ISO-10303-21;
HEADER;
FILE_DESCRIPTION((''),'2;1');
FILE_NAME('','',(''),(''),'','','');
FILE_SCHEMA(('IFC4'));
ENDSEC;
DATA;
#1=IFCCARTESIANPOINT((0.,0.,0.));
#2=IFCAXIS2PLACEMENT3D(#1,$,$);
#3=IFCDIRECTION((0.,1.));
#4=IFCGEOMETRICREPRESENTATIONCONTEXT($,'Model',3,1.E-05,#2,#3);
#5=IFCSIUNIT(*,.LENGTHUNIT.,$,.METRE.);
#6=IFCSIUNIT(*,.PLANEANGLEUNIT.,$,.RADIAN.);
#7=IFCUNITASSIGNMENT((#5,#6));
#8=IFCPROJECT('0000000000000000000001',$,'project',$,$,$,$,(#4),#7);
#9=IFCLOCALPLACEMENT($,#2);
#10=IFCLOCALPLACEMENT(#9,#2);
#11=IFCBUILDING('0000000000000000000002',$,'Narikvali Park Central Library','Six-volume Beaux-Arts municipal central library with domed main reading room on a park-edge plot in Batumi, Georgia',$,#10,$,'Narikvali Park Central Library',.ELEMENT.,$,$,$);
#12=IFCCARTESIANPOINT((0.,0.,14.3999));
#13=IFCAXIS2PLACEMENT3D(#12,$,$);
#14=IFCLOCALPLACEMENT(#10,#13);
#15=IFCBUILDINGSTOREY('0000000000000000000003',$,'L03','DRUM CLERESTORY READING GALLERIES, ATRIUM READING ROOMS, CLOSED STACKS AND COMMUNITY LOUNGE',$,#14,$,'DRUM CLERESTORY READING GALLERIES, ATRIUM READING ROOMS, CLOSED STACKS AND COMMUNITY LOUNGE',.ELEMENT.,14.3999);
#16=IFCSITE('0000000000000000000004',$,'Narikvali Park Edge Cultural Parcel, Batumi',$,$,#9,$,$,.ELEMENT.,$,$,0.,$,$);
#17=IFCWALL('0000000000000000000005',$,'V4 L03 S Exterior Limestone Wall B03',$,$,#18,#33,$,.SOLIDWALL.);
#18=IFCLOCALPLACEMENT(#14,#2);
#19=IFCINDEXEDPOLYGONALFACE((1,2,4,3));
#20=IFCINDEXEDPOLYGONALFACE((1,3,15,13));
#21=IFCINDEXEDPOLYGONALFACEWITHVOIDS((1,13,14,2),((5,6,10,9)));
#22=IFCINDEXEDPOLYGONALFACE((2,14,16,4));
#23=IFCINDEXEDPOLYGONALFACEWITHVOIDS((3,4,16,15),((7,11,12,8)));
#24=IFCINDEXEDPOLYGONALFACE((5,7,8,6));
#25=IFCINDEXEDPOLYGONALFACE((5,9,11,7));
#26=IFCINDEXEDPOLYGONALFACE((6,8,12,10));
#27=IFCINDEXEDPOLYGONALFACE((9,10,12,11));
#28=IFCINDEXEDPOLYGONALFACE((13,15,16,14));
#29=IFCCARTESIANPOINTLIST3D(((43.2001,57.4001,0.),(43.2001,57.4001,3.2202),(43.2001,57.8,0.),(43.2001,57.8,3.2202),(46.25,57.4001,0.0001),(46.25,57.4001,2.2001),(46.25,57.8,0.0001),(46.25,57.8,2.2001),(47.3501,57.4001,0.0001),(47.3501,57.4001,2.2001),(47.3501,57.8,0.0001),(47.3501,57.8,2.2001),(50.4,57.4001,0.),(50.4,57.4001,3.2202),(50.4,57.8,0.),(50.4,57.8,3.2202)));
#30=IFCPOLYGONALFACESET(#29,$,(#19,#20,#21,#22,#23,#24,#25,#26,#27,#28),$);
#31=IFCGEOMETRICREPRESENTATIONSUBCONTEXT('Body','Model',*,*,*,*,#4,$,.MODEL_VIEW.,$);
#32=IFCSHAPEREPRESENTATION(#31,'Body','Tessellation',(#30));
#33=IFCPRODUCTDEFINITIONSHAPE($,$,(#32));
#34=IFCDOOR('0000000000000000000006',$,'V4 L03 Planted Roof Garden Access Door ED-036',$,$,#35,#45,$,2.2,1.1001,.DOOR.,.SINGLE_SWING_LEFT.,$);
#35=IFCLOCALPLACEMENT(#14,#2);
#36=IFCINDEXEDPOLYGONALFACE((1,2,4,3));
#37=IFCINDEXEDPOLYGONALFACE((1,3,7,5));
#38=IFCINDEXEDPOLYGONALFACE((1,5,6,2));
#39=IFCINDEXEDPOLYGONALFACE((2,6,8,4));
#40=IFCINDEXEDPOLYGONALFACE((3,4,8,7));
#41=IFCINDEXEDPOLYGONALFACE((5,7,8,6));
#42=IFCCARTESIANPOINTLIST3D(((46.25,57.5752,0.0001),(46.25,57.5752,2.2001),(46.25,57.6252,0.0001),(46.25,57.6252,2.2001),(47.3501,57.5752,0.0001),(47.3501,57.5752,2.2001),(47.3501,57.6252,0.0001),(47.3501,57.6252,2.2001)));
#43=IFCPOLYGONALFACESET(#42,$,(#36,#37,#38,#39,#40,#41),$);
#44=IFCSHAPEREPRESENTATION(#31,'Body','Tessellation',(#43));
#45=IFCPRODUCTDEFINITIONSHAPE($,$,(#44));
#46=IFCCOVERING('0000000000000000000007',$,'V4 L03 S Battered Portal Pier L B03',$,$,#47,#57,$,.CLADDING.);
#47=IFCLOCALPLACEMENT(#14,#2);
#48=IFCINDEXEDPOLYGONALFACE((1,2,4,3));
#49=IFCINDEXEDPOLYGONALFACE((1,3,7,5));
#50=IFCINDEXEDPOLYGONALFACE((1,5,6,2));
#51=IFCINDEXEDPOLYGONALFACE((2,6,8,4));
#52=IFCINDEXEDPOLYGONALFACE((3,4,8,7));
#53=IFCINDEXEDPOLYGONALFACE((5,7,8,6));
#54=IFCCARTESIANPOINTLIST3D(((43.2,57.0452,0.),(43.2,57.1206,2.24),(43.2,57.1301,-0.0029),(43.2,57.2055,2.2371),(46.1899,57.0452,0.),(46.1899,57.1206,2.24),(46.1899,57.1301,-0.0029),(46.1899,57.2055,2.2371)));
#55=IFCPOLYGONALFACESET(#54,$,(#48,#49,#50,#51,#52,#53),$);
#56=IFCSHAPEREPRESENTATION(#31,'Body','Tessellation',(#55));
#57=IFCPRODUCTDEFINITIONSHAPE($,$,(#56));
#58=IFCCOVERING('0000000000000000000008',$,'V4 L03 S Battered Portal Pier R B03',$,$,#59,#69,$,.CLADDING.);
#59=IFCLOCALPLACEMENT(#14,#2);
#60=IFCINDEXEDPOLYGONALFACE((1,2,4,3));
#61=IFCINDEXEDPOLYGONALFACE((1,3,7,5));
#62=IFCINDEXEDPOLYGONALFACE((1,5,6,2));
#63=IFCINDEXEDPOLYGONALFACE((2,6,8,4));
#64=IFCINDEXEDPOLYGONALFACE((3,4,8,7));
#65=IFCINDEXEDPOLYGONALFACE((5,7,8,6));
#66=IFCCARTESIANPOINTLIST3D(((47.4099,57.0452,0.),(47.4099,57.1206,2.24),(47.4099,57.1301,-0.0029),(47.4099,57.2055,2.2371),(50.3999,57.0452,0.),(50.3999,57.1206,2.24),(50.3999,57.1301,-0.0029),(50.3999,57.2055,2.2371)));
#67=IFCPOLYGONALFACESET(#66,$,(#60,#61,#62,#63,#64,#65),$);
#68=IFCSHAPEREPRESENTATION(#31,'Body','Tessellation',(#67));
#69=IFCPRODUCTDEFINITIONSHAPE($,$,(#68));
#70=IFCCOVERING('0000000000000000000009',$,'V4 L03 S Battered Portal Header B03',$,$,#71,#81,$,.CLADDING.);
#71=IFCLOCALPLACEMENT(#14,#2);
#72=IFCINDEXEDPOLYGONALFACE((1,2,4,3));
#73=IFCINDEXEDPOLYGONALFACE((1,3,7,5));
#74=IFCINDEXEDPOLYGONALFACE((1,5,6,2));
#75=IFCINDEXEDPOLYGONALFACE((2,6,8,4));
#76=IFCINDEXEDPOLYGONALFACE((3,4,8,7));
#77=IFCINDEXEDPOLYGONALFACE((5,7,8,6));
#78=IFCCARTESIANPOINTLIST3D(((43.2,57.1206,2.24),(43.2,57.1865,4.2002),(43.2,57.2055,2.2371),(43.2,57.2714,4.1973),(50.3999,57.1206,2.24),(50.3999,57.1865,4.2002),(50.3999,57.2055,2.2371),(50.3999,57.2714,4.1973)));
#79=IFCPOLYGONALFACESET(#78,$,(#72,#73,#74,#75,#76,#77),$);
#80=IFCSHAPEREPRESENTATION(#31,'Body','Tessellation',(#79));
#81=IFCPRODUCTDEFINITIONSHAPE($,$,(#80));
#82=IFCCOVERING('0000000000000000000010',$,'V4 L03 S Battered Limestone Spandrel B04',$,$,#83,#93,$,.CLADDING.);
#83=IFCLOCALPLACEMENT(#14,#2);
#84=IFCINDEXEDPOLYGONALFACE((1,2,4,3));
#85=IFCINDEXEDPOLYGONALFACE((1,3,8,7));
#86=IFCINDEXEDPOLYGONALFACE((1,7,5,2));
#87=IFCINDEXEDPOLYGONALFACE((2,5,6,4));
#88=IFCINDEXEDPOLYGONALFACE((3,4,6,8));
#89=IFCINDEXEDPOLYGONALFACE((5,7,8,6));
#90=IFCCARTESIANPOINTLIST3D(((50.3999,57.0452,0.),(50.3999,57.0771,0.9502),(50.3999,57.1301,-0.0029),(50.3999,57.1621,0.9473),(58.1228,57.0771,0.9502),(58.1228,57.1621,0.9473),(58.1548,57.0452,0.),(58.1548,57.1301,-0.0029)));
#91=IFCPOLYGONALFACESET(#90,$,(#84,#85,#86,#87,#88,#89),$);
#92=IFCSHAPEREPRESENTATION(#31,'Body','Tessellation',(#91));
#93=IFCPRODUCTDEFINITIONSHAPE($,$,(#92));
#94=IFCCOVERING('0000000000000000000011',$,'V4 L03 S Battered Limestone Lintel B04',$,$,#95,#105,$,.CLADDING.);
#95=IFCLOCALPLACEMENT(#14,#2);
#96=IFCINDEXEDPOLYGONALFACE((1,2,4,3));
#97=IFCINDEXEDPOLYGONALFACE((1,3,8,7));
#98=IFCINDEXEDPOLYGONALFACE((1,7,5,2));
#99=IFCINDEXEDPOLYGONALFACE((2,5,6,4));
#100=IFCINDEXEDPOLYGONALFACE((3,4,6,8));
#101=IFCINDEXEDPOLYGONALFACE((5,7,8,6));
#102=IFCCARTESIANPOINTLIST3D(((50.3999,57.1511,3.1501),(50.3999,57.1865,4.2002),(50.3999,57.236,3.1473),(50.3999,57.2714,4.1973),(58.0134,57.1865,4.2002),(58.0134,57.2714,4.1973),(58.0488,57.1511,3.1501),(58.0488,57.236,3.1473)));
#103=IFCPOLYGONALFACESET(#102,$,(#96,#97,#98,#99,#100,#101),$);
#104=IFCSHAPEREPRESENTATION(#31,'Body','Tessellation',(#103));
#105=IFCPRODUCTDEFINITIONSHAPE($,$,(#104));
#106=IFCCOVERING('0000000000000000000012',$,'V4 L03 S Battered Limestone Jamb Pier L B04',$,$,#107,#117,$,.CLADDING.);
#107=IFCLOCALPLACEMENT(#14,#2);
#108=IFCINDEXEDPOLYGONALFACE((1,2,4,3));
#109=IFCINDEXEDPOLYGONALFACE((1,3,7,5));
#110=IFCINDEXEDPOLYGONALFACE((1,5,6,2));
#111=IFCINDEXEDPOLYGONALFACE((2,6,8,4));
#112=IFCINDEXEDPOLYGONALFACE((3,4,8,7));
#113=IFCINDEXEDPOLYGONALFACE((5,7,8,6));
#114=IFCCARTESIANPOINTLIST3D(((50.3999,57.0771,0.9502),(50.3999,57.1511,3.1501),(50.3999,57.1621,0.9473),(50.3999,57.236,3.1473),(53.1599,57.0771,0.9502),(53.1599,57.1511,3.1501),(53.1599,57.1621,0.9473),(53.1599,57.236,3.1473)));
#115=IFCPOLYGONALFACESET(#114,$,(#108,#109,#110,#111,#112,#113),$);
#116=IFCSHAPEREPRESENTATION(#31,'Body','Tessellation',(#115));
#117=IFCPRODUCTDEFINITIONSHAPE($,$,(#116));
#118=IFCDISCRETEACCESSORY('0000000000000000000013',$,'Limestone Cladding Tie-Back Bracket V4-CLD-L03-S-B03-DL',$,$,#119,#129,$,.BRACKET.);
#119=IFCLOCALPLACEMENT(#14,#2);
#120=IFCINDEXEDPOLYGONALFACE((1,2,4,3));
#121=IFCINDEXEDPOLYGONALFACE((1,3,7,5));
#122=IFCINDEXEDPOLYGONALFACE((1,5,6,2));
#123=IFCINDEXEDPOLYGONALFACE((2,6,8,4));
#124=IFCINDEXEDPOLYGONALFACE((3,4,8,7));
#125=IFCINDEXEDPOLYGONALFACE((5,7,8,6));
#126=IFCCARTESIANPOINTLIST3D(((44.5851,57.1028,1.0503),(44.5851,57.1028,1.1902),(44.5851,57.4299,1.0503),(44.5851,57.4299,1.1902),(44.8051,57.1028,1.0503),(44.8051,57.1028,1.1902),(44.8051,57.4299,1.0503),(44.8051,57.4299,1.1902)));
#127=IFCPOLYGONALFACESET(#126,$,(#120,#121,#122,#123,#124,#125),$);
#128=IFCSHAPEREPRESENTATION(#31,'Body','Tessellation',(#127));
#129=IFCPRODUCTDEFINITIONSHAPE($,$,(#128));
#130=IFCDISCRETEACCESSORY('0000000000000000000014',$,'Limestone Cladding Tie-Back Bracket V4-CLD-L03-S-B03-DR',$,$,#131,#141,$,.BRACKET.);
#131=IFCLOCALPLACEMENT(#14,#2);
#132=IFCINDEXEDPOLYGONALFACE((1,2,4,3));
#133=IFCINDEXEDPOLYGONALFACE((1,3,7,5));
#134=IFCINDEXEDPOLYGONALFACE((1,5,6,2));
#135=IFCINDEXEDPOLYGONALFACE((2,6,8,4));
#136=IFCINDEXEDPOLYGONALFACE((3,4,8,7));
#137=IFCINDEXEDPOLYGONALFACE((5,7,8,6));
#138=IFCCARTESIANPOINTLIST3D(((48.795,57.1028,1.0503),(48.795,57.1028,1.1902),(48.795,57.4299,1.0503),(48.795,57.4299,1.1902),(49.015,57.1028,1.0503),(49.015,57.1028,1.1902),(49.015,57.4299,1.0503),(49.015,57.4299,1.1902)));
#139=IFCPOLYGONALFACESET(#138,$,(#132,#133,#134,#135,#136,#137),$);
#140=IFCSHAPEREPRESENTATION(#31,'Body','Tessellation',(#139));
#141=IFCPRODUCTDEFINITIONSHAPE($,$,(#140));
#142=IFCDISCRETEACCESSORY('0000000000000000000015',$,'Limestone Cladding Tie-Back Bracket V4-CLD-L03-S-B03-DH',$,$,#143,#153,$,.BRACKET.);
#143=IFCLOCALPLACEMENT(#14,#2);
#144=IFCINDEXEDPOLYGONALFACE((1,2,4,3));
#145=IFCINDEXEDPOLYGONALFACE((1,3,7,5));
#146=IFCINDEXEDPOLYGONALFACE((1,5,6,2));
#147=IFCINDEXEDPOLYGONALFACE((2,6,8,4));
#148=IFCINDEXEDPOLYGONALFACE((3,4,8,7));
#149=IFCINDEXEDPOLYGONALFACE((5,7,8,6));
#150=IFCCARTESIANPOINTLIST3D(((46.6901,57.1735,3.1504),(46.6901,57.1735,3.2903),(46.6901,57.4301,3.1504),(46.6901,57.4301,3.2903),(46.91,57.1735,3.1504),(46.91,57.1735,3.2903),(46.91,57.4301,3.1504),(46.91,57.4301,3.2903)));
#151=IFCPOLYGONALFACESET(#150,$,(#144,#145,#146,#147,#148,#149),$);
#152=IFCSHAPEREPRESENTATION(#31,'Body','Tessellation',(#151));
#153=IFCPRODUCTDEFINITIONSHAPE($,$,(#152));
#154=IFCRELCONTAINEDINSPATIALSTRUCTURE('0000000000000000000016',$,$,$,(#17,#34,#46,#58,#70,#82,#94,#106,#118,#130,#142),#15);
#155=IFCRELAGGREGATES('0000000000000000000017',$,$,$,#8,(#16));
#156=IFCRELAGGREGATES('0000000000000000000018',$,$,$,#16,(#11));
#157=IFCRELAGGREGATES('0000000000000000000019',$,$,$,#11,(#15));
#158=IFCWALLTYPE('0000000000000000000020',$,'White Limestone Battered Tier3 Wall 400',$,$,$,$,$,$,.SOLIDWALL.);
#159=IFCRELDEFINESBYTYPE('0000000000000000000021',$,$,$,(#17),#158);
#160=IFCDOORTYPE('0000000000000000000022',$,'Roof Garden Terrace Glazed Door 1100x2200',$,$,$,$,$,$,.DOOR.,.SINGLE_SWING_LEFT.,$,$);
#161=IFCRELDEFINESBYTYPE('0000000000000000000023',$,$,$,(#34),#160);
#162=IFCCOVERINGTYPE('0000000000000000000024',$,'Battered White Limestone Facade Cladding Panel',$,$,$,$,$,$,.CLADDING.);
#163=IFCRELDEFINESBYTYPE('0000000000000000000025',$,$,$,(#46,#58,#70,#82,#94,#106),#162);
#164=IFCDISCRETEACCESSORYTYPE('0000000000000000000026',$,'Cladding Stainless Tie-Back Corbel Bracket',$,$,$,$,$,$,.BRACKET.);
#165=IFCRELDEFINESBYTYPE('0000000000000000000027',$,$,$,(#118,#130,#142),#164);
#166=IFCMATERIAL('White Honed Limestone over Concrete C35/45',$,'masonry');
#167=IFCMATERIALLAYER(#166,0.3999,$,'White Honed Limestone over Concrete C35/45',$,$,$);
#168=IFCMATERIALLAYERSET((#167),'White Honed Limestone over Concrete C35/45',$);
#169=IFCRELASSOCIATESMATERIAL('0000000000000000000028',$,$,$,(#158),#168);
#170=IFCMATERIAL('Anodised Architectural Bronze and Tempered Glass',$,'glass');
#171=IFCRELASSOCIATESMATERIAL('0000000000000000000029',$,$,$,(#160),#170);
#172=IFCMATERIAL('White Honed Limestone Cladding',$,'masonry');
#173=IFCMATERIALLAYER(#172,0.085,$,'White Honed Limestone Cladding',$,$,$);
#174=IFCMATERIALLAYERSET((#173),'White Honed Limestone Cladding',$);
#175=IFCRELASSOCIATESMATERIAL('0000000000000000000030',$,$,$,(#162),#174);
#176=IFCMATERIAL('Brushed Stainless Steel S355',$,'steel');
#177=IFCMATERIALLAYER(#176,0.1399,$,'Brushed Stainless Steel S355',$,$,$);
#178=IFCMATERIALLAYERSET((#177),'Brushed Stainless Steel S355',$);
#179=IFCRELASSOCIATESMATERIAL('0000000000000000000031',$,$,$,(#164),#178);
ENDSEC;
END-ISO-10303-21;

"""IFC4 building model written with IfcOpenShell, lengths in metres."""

from ifc_helpers import new_model, si_unit, direction, frame, frame_2d, origin, origin_2d, place, context, subcontext, project, spatial, polyline, rectangle, outline, extrude, material, layer, layer_set, type_object, element, fill, save


model = new_model("IFC4")

# Units and contexts
model_context = context("Model", 3, precision=1e-05, world=origin(), true_north=direction((0.0, 1.0)))
body_context = subcontext(model_context, "Body", "Model", "MODEL_VIEW")
ifc_project = project(units=[si_unit("LENGTHUNIT", "METRE"), si_unit("PLANEANGLEUNIT", "RADIAN")], contexts=[model_context])

# Site, building, storey
site_placement = place(None, origin())
site = spatial("IfcSite", under=ifc_project, at=site_placement, Name="Narikvali Park Edge Cultural Parcel, Batumi", CompositionType="ELEMENT", RefElevation=0.0)
building_placement = place(site_placement, origin())
building = spatial("IfcBuilding", under=site, at=building_placement, Name="Narikvali Park Central Library", Description="Six-volume Beaux-Arts municipal central library with domed main reading room on a park-edge plot in Batumi, Georgia", LongName="Narikvali Park Central Library", CompositionType="ELEMENT")
storey_placement = place(building_placement, frame((0.0, 0.0, 14.3999)))
storey = spatial("IfcBuildingStorey", under=building, at=storey_placement, Name="L03", Description="DRUM CLERESTORY READING GALLERIES, ATRIUM READING ROOMS, CLOSED STACKS AND COMMUNITY LOUNGE", LongName="DRUM CLERESTORY READING GALLERIES, ATRIUM READING ROOMS, CLOSED STACKS AND COMMUNITY LOUNGE", CompositionType="ELEMENT", Elevation=14.3999)

# Wall, opening, door
ifc_material_1 = material(Name="White Honed Limestone over Concrete C35/45", Category="masonry")
ifc_layer_1 = layer(ifc_material_1, 0.3999, Name="White Honed Limestone over Concrete C35/45")
ifc_layer_set_1 = layer_set([ifc_layer_1], Name="White Honed Limestone over Concrete C35/45")
wall_type = type_object("IfcWallType", Name="White Limestone Battered Tier3 Wall 400", PredefinedType="SOLIDWALL", material=ifc_layer_set_1)
wall_placement = place(storey_placement, frame((43.2, 57.6001, 0.0), z_axis=(0.0, 0.0, 1.0), x_axis=(1.0, 0.0, 0.0)))
wall = element("IfcWall", 1, at=wall_placement, inside=storey, type_object=wall_type, Name="V4 L03 S Exterior Limestone Wall B03", PredefinedType="SOLIDWALL", context=body_context, shape_type="SweptSolid", body=[
    extrude(rectangle(XDim=7.2, YDim=0.3999, at=frame_2d((3.6001, 0.0))), origin(), (0.0, 0.0, 1.0), 3.2202),
])
opening_placement = place(wall_placement, frame((3.05, 0.0, 0.0)))
opening = element("IfcOpeningElement", 2, at=opening_placement, cuts=wall, PredefinedType="OPENING", context=body_context, shape_type="SweptSolid", body=[
    extrude(rectangle(XDim=1.1001, YDim=2.2, at=frame_2d((0.55, 1.1001))), frame((0.0, 0.2119, 0.0), z_axis=(0.0, -1.0, 0.0), x_axis=(1.0, 0.0, 0.0)), (0.0, 0.0, 1.0), 0.4238),
])
ifc_material_2 = material(Name="Anodised Architectural Bronze and Tempered Glass", Category="glass")
door_type = type_object("IfcDoorType", Name="Roof Garden Terrace Glazed Door 1100x2200", OperationType="SINGLE_SWING_LEFT", PredefinedType="DOOR", material=ifc_material_2)
door_placement = place(opening_placement, frame((1.1001, 0.0, 0.0), z_axis=(0.0, 0.0, 1.0), x_axis=(-1.0, 0.0, 0.0)))
door = element("IfcDoor", 3, at=door_placement, inside=storey, type_object=door_type, Name="V4 L03 Planted Roof Garden Access Door ED-036", OperationType="SINGLE_SWING_LEFT", OverallHeight=2.2, OverallWidth=1.1001, PredefinedType="DOOR", context=body_context, shape_type="SweptSolid", body=[
    extrude(rectangle(XDim=1.1001, YDim=2.2, at=frame_2d((0.55, 1.1001))), frame((0.0, 0.0249, 0.0), z_axis=(0.0, -1.0, 0.0), x_axis=(1.0, 0.0, 0.0)), (0.0, 0.0, 1.0), 0.05),
])
fill(opening, door)

# Coverings
ifc_material_3 = material(Name="White Honed Limestone Cladding", Category="masonry")
ifc_layer_2 = layer(ifc_material_3, 0.085, Name="White Honed Limestone Cladding")
ifc_layer_set_2 = layer_set([ifc_layer_2], Name="White Honed Limestone Cladding")
covering_type = type_object("IfcCoveringType", Name="Battered White Limestone Facade Cladding Panel", PredefinedType="CLADDING", material=ifc_layer_set_2)
for number, where, z_axis, x_axis, name in (
    (4, (43.2, 57.0452, 0.0), (0.0, -0.999433, 0.033659), (1.0, 0.0, 0.0), "V4 L03 S Battered Portal Pier L B03"),
    (5, (47.4099, 57.0452, 0.0), (0.0, -0.999433, 0.033659), (1.0, 0.0, 0.0), "V4 L03 S Battered Portal Pier R B03"),
):
    element("IfcCovering", number, at=place(storey_placement, frame(where, z_axis=z_axis, x_axis=x_axis)), inside=storey, type_object=covering_type, Name=name, PredefinedType="CLADDING", context=body_context, shape_type="SweptSolid", body=[
        extrude(outline(polyline([(0.0, 0.0), (2.99, 0.0), (2.99, 2.2413), (0.0, 2.2413), (0.0, 0.0)])), origin(), (0.0, 0.0, -1.0), 0.085),
    ])
covering_1_placement = place(storey_placement, frame((43.2, 57.1206, 2.24), z_axis=(0.0, -0.999435, 0.033609), x_axis=(1.0, 0.0, 0.0)))
element("IfcCovering", 6, at=covering_1_placement, inside=storey, type_object=covering_type, Name="V4 L03 S Battered Portal Header B03", PredefinedType="CLADDING", context=body_context, shape_type="SweptSolid", body=[
    extrude(outline(polyline([(0.0, 0.0), (7.2, 0.0), (7.2, 1.9613), (0.0, 1.9613), (0.0, 0.0)])), origin(), (0.0, 0.0, -1.0), 0.085),
])
covering_2_placement = place(storey_placement, frame((50.3999, 57.0452, 0.0), z_axis=(0.0, -0.999434, 0.03364), x_axis=(1.0, 0.0, 0.0)))
element("IfcCovering", 7, at=covering_2_placement, inside=storey, type_object=covering_type, Name="V4 L03 S Battered Limestone Spandrel B04", PredefinedType="CLADDING", context=body_context, shape_type="SweptSolid", body=[
    extrude(outline(polyline([(0.0, 0.0), (7.7549, 0.0), (7.7229, 0.9507), (0.0, 0.9507), (0.0, 0.0)])), origin(), (0.0, 0.0, -1.0), 0.085),
])
covering_3_placement = place(storey_placement, frame((50.3999, 57.1511, 3.1501), z_axis=(0.0, -0.999432, 0.033694), x_axis=(1.0, 0.0, 0.0)))
element("IfcCovering", 8, at=covering_3_placement, inside=storey, type_object=covering_type, Name="V4 L03 S Battered Limestone Lintel B04", PredefinedType="CLADDING", context=body_context, shape_type="SweptSolid", body=[
    extrude(outline(polyline([(0.0, 0.0), (7.6489, 0.0), (7.6135, 1.0506), (0.0, 1.0506), (0.0, 0.0)])), origin(), (0.0, 0.0, -1.0), 0.085),
])
covering_4_placement = place(storey_placement, frame((50.3999, 57.0771, 0.9502), z_axis=(0.0, -0.999435, 0.033607), x_axis=(1.0, 0.0, 0.0)))
element("IfcCovering", 9, at=covering_4_placement, inside=storey, type_object=covering_type, Name="V4 L03 S Battered Limestone Jamb Pier L B04", PredefinedType="CLADDING", context=body_context, shape_type="SweptSolid", body=[
    extrude(outline(polyline([(0.0, 0.0), (2.76, 0.0), (2.76, 2.2012), (0.0, 2.2012), (0.0, 0.0)])), origin(), (0.0, 0.0, -1.0), 0.085),
])

# Discrete accessories
ifc_material_4 = material(Name="Brushed Stainless Steel S355", Category="steel")
ifc_layer_3 = layer(ifc_material_4, 0.1399, Name="Brushed Stainless Steel S355")
ifc_layer_set_3 = layer_set([ifc_layer_3], Name="Brushed Stainless Steel S355")
discrete_accessory_type = type_object("IfcDiscreteAccessoryType", Name="Cladding Stainless Tie-Back Corbel Bracket", PredefinedType="BRACKET", material=ifc_layer_set_3)
for number, where, z_axis, x_axis, name in (
    (10, (44.6951, 57.2664, 1.0503), (0.0, 0.0, 1.0), (1.0, 0.0, 0.0), "Limestone Cladding Tie-Back Bracket V4-CLD-L03-S-B03-DL"),
    (11, (48.905, 57.2664, 1.0503), (0.0, 0.0, 1.0), (1.0, 0.0, 0.0), "Limestone Cladding Tie-Back Bracket V4-CLD-L03-S-B03-DR"),
):
    element("IfcDiscreteAccessory", number, at=place(storey_placement, frame(where, z_axis=z_axis, x_axis=x_axis)), inside=storey, type_object=discrete_accessory_type, Name=name, PredefinedType="BRACKET", context=body_context, shape_type="SweptSolid", body=[
        extrude(rectangle(XDim=0.22, YDim=0.3271, at=origin_2d()), origin(), (0.0, 0.0, 1.0), 0.1399),
    ])
discrete_accessory_placement = place(storey_placement, frame((46.8, 57.3018, 3.1504), z_axis=(0.0, 0.0, 1.0), x_axis=(1.0, 0.0, 0.0)))
element("IfcDiscreteAccessory", 12, at=discrete_accessory_placement, inside=storey, type_object=discrete_accessory_type, Name="Limestone Cladding Tie-Back Bracket V4-CLD-L03-S-B03-DH", PredefinedType="BRACKET", context=body_context, shape_type="SweptSolid", body=[
    extrude(rectangle(XDim=0.22, YDim=0.2566, at=origin_2d()), origin(), (0.0, 0.0, 1.0), 0.1399),
])

save(model, "model.ifc")
